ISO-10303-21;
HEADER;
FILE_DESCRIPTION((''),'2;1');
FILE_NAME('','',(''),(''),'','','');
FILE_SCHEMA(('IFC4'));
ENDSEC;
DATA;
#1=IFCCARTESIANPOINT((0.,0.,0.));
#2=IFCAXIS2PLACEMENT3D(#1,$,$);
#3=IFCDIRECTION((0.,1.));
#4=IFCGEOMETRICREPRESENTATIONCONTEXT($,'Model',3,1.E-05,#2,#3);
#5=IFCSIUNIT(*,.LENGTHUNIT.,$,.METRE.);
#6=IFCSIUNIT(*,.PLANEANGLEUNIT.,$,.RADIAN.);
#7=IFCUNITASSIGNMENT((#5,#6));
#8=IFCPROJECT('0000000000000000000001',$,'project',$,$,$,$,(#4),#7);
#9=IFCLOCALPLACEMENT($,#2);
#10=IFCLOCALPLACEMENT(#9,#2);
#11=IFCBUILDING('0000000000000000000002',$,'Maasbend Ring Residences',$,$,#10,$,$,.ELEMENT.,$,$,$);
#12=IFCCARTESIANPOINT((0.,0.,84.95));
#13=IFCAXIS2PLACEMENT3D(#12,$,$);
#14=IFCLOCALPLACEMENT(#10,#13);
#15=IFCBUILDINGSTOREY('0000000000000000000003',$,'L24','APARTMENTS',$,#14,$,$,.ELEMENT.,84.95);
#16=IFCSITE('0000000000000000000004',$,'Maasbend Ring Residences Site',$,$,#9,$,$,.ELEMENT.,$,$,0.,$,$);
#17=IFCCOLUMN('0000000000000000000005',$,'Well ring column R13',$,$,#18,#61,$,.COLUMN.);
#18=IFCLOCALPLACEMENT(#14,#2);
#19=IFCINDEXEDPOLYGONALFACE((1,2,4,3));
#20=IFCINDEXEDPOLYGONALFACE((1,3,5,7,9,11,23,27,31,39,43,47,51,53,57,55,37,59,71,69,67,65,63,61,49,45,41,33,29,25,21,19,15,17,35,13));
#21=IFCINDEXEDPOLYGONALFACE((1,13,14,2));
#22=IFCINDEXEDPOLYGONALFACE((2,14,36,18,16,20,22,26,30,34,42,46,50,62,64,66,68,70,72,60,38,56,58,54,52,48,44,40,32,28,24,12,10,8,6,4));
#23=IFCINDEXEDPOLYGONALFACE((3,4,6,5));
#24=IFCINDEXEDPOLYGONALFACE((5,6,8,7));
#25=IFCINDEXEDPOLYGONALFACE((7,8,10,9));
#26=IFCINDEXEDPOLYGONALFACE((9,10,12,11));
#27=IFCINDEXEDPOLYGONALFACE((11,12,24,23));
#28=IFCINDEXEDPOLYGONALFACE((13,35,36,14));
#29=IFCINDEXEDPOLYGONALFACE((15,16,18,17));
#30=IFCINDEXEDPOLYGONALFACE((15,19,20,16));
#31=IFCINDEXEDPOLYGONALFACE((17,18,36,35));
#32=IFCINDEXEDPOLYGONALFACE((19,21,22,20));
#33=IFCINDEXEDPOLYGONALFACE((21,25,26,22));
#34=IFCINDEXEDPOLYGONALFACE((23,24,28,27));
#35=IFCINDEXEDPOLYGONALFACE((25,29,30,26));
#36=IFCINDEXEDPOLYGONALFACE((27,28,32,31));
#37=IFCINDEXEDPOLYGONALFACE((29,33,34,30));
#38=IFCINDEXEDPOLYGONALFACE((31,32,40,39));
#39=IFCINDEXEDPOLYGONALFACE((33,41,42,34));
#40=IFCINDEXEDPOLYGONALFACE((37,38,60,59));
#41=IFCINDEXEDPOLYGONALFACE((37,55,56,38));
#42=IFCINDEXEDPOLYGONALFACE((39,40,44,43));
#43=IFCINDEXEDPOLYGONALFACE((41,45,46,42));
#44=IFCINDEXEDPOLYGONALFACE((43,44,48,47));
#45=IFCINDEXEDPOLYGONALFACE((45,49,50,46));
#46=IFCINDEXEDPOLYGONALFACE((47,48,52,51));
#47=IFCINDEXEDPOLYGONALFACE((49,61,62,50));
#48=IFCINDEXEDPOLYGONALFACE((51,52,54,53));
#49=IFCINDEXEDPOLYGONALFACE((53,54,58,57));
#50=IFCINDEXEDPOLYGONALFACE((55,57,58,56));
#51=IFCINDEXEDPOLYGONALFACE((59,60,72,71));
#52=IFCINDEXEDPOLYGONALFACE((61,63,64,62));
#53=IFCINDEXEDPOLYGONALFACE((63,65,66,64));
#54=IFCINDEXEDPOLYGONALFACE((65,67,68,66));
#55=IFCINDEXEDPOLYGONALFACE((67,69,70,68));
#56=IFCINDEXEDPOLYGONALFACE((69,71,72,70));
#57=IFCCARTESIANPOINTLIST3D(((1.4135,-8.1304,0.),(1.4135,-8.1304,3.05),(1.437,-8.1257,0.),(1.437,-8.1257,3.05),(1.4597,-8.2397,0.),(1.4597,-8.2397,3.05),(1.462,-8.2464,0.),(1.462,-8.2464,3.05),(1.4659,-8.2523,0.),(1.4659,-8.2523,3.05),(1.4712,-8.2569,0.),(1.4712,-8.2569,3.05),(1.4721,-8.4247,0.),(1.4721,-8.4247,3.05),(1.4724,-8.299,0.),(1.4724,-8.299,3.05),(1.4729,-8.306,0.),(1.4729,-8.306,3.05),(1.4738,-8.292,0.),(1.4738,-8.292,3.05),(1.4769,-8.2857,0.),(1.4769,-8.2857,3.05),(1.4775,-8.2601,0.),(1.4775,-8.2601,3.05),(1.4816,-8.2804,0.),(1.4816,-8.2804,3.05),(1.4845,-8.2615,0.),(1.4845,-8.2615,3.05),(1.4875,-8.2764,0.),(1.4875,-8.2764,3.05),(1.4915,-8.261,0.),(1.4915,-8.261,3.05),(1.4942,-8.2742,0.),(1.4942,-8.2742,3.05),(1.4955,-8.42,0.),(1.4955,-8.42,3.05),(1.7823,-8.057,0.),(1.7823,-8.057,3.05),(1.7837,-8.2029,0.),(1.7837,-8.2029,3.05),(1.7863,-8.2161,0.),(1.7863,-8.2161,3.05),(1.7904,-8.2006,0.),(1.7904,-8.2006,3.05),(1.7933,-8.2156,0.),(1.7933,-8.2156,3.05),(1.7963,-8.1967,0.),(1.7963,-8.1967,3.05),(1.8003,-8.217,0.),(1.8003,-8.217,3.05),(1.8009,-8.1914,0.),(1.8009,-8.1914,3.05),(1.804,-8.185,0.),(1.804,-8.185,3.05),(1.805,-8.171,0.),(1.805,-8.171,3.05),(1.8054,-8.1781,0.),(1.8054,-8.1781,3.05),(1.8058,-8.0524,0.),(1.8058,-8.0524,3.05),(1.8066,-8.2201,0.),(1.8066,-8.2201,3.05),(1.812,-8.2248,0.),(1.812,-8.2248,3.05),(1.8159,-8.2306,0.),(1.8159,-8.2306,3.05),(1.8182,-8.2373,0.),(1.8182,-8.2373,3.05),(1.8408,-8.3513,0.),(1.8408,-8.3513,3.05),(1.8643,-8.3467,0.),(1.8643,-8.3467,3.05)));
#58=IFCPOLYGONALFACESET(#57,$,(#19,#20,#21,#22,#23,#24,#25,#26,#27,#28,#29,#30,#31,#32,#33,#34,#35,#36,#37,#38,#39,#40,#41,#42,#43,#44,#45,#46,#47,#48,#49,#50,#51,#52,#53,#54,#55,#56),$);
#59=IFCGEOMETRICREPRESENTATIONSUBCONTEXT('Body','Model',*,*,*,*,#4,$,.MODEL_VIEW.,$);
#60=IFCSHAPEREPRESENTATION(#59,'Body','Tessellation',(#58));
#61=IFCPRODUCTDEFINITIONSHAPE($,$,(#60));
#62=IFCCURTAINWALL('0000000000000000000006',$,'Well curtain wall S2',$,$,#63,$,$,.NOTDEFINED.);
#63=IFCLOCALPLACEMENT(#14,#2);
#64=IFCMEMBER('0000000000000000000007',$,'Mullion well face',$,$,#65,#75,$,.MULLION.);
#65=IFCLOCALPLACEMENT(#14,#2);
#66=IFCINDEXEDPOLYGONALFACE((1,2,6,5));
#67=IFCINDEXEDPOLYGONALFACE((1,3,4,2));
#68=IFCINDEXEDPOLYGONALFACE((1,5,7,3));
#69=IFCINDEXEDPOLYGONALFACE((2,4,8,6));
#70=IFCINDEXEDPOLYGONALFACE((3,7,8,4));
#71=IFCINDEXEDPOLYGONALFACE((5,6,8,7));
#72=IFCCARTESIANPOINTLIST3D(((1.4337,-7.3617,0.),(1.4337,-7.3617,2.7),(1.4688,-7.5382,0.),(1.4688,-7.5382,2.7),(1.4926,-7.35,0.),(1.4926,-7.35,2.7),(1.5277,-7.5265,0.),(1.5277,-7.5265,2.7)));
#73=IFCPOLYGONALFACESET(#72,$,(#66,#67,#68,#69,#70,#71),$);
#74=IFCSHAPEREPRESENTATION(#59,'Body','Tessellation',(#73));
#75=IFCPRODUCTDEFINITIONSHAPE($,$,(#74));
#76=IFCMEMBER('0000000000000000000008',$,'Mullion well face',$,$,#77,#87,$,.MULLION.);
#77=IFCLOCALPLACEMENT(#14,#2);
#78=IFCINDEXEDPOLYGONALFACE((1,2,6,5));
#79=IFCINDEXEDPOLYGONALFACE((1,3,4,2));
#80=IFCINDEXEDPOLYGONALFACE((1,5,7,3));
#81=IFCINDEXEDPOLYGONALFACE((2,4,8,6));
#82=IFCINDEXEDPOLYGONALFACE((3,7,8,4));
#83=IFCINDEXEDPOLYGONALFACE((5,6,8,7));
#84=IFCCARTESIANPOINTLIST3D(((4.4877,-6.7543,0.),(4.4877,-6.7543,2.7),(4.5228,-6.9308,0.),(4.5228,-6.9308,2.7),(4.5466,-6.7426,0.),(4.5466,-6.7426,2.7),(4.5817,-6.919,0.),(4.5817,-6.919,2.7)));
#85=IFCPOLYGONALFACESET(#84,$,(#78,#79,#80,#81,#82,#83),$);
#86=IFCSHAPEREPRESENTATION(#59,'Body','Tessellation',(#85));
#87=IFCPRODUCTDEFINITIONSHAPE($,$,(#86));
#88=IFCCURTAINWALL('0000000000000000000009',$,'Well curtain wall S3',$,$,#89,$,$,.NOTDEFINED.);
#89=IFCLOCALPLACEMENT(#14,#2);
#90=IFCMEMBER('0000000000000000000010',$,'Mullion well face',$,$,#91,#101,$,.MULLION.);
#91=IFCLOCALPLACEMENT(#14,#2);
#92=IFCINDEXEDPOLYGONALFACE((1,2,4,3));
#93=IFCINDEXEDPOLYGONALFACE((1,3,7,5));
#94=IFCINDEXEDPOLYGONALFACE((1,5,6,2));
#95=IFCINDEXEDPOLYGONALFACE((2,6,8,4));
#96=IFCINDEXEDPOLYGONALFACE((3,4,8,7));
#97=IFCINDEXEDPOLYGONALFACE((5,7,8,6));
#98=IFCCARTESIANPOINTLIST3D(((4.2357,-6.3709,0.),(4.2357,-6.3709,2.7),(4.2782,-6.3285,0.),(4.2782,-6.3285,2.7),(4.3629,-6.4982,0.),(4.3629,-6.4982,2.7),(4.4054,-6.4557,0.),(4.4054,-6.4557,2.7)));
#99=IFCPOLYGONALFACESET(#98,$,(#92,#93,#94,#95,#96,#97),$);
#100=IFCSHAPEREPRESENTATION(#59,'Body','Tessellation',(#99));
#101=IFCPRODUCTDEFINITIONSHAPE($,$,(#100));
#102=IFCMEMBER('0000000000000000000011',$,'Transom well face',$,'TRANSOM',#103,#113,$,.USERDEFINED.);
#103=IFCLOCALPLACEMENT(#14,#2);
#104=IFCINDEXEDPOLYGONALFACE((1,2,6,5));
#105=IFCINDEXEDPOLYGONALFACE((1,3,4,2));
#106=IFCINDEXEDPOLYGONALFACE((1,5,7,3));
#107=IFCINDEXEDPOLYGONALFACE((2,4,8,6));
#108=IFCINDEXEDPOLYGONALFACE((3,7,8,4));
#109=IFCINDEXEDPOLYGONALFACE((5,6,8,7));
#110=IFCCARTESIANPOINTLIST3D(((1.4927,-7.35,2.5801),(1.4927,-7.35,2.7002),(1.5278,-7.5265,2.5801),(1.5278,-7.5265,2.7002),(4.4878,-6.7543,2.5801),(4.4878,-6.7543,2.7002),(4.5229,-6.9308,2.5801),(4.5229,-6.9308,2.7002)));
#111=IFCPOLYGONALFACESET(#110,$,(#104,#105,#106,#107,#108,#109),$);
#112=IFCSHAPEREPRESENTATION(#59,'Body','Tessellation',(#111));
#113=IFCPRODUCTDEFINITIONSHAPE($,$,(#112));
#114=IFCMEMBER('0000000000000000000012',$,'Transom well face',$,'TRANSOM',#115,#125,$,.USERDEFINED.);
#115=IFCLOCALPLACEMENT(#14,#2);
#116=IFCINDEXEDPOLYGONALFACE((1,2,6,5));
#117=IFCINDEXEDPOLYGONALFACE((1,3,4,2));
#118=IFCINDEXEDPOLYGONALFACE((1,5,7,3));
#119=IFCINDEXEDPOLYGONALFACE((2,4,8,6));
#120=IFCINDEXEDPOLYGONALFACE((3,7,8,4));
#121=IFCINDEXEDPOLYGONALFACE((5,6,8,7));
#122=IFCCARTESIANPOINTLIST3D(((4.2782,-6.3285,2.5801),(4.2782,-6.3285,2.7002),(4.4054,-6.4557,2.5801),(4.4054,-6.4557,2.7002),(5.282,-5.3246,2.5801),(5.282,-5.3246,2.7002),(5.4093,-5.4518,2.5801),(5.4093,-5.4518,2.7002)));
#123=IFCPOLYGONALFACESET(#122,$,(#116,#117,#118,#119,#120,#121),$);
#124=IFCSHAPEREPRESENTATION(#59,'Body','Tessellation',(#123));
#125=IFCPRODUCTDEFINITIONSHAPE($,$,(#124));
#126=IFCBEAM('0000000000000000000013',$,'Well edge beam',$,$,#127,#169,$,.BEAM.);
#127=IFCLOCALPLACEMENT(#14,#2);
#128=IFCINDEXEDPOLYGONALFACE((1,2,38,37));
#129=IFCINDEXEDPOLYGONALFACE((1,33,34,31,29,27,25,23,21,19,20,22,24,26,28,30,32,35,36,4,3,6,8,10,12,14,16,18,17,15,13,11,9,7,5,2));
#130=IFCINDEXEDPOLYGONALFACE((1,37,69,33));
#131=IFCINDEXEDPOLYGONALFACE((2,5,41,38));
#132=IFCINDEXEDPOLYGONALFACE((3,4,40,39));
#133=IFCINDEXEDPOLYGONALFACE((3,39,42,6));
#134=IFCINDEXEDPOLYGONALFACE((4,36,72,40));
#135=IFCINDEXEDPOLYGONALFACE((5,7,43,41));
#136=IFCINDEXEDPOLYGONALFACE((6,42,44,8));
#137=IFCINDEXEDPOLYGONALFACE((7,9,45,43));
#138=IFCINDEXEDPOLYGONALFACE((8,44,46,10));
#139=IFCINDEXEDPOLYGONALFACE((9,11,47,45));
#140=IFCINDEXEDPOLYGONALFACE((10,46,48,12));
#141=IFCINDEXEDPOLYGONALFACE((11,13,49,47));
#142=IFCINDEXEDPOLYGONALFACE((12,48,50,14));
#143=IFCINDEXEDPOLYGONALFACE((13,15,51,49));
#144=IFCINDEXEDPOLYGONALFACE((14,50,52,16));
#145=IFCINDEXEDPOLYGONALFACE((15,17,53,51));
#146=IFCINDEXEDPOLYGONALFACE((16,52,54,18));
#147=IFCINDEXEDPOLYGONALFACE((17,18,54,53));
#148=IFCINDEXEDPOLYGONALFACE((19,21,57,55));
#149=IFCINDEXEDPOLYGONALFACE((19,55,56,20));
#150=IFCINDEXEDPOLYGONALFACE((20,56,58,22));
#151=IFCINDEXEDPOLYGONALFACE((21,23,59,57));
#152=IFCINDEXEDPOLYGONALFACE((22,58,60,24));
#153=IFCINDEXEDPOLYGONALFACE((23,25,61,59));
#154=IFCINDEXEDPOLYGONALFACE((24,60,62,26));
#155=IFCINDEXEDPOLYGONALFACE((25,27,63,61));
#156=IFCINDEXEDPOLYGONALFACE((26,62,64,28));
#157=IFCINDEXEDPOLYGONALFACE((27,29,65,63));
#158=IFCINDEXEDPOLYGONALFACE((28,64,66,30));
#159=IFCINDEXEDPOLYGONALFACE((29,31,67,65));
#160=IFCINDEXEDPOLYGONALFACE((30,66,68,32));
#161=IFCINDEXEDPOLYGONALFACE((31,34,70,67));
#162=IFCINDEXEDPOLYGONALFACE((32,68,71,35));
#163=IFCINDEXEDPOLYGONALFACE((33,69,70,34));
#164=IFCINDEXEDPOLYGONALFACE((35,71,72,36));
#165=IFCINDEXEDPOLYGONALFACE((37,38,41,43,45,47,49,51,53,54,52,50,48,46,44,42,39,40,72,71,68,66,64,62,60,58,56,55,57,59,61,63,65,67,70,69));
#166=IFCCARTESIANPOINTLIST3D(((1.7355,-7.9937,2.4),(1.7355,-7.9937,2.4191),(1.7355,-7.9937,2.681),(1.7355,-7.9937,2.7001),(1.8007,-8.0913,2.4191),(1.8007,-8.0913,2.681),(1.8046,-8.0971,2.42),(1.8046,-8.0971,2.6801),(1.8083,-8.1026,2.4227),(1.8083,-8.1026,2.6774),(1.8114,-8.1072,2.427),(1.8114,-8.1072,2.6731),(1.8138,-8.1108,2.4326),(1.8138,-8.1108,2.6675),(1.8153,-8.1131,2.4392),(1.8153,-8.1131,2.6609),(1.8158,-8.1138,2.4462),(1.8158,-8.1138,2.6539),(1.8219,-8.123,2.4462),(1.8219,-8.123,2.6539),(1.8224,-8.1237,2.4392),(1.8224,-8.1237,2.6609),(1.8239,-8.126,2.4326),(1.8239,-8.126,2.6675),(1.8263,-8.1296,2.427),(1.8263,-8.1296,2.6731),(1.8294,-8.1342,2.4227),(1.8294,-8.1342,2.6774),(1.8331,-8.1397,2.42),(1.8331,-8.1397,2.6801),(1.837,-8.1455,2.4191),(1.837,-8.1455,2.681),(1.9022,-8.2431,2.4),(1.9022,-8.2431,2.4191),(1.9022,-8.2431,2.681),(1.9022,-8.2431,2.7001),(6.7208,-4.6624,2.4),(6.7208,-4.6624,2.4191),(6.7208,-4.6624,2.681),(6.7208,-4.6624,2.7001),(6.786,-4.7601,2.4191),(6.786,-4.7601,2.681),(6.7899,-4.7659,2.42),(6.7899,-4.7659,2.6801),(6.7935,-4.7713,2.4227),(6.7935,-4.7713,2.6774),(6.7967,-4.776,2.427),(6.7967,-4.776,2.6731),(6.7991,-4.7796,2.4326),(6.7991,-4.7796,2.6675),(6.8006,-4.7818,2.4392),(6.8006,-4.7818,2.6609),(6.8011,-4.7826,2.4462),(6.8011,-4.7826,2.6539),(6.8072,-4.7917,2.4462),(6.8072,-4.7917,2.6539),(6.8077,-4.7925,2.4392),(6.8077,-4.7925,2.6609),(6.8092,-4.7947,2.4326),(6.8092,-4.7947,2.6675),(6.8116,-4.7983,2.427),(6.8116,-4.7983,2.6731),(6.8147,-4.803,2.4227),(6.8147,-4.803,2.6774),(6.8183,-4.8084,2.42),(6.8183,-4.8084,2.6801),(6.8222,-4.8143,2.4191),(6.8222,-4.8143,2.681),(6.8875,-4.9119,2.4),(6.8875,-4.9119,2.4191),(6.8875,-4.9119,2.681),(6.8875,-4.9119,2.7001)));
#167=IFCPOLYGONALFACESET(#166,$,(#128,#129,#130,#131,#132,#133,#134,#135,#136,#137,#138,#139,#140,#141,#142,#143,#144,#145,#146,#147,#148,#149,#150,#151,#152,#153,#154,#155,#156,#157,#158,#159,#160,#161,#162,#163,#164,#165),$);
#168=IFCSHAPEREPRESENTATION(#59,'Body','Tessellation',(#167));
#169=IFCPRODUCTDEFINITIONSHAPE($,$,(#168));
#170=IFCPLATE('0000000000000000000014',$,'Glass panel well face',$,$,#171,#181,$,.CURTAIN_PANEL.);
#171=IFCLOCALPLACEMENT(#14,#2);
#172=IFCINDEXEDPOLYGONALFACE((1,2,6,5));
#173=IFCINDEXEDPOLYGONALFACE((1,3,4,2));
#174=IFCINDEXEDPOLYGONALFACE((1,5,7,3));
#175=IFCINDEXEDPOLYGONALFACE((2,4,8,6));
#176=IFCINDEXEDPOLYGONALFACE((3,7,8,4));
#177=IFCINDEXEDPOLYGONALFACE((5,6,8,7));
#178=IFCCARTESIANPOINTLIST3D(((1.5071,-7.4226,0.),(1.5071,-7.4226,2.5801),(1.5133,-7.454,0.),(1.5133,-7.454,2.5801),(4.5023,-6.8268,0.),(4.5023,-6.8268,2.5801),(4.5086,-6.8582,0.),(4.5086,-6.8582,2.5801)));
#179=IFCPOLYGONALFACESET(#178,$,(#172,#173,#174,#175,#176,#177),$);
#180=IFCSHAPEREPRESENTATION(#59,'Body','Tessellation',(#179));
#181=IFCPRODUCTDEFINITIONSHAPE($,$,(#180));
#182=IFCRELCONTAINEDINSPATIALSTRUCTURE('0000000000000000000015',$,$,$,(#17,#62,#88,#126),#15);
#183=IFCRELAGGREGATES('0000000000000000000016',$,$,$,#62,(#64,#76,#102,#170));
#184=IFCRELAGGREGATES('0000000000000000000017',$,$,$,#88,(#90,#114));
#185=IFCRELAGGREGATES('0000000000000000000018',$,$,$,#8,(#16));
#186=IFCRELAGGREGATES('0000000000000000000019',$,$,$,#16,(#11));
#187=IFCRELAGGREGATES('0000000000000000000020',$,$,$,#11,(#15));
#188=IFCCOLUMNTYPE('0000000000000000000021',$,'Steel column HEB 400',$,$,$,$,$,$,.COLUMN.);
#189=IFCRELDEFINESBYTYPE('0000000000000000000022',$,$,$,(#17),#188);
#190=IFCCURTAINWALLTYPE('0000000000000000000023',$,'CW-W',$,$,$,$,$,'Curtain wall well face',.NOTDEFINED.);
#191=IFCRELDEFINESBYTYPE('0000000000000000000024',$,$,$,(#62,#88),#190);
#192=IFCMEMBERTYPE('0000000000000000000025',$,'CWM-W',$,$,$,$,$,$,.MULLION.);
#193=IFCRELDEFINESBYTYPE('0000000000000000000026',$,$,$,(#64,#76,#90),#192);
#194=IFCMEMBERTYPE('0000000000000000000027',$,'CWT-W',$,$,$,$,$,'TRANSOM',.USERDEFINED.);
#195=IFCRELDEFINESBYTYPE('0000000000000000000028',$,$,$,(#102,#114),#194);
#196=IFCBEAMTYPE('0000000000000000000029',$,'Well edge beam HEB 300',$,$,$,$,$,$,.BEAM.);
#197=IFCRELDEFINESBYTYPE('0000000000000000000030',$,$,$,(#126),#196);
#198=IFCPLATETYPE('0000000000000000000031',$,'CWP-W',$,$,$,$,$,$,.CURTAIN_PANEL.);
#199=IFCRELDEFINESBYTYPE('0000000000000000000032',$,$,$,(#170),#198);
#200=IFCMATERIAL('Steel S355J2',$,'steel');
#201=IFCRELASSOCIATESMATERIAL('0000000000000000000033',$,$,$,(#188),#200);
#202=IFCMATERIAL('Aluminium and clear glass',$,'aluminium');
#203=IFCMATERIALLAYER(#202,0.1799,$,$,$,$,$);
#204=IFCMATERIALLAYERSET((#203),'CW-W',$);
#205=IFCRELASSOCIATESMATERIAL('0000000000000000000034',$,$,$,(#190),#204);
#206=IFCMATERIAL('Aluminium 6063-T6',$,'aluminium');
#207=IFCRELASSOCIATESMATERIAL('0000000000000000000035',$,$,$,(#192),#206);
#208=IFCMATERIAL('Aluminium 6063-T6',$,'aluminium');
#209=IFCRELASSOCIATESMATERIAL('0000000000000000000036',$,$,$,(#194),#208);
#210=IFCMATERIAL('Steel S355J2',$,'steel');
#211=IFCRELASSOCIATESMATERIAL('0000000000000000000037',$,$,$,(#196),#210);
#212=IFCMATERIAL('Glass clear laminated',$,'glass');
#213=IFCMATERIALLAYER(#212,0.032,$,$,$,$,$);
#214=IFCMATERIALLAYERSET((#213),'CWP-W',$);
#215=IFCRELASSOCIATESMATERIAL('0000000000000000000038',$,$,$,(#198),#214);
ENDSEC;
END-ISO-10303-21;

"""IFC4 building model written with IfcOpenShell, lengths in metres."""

from ifc_helpers import new_model, si_unit, direction, frame, origin, origin_2d, place, context, subcontext, project, spatial, rectangle, i_section, extrude, material, layer, layer_set, material_profile, profile_set, type_object, element, aggregate, save


model = new_model("IFC4")

# Units and contexts
model_context = context("Model", 3, precision=1e-05, world=origin(), true_north=direction((0.0, 1.0)))
body_context = subcontext(model_context, "Body", "Model", "MODEL_VIEW")
ifc_project = project(units=[si_unit("LENGTHUNIT", "METRE"), si_unit("PLANEANGLEUNIT", "RADIAN")], contexts=[model_context])

# Site, building, storey
site_placement = place(None, origin())
site = spatial("IfcSite", under=ifc_project, at=site_placement, Name="Maasbend Ring Residences Site", CompositionType="ELEMENT", RefElevation=0.0)
building_placement = place(site_placement, origin())
building = spatial("IfcBuilding", under=site, at=building_placement, Name="Maasbend Ring Residences", CompositionType="ELEMENT")
storey_placement = place(building_placement, frame((0.0, 0.0, 84.95)))
storey = spatial("IfcBuildingStorey", under=building, at=storey_placement, Name="L24", Description="APARTMENTS", CompositionType="ELEMENT", Elevation=84.95)

# Column
ifc_material_1 = material(Name="Steel S355J2", Category="steel")
ifc_material_profile_1 = material_profile(ifc_material_1, i_section(OverallWidth=0.3, OverallDepth=0.3999, WebThickness=0.0134, FlangeThickness=0.0239, FilletRadius=0.0271, at=origin_2d()), Name="HEB 400")
ifc_profile_set_1 = profile_set([ifc_material_profile_1], Name="Steel S355J2")
column_type = type_object("IfcColumnType", Name="Steel column HEB 400", PredefinedType="COLUMN", material=ifc_profile_set_1)
column_placement = place(storey_placement, frame((1.6389, -8.2385, 0.0), z_axis=(0.0, 0.0, 1.0), x_axis=(0.19509, -0.980785, 0.0)))
element("IfcColumn", 1, at=column_placement, inside=storey, type_object=column_type, Name="Well ring column R13", PredefinedType="COLUMN", context=body_context, shape_type="SweptSolid", body=[
    extrude(i_section(OverallWidth=0.3, OverallDepth=0.3999, WebThickness=0.0134, FlangeThickness=0.0239, FilletRadius=0.0271, at=origin_2d()), origin(), (0.0, 0.0, 1.0), 3.05),
])

# Curtain wall, members
ifc_material_2 = material(Name="Aluminium and clear glass", Category="aluminium")
ifc_layer_1 = layer(ifc_material_2, 0.1799)
ifc_layer_set_1 = layer_set([ifc_layer_1], Name="CW-W")
curtain_wall_type = type_object("IfcCurtainWallType", Name="CW-W", ElementType="Curtain wall well face", PredefinedType="NOTDEFINED", material=ifc_layer_set_1)
curtain_wall_1_placement = place(storey_placement, origin())
curtain_wall_1 = element("IfcCurtainWall", 2, at=curtain_wall_1_placement, inside=storey, type_object=curtain_wall_type, Name="Well curtain wall S2", PredefinedType="NOTDEFINED")
ifc_material_3 = material(Name="Aluminium 6063-T6", Category="aluminium")
ifc_material_profile_2 = material_profile(ifc_material_3, rectangle(XDim=0.1799, YDim=0.0601, at=origin_2d()), Name="AL 180x60")
ifc_profile_set_2 = profile_set([ifc_material_profile_2], Name="Aluminium 6063-T6")
member_type_1 = type_object("IfcMemberType", Name="CWM-W", PredefinedType="MULLION", material=ifc_profile_set_2)
member_1_placement = place(storey_placement, frame((1.4807, -7.4441, 0.0), z_axis=(0.0, 0.0, 1.0), x_axis=(-0.19509, 0.980785, 0.0)))
member_1 = element("IfcMember", 3, at=member_1_placement, type_object=member_type_1, Name="Mullion well face", PredefinedType="MULLION", context=body_context, shape_type="SweptSolid", body=[
    extrude(rectangle(XDim=0.1799, YDim=0.0601, at=origin_2d()), origin(), (0.0, 0.0, 1.0), 2.7),
])
member_2_placement = place(storey_placement, frame((4.5347, -6.8367, 0.0), z_axis=(0.0, 0.0, 1.0), x_axis=(-0.19509, 0.980785, 0.0)))
member_2 = element("IfcMember", 4, at=member_2_placement, type_object=member_type_1, Name="Mullion well face", PredefinedType="MULLION", context=body_context, shape_type="SweptSolid", body=[
    extrude(rectangle(XDim=0.1799, YDim=0.0601, at=origin_2d()), origin(), (0.0, 0.0, 1.0), 2.7),
])

# Curtain wall, member
curtain_wall_2_placement = place(storey_placement, origin())
curtain_wall_2 = element("IfcCurtainWall", 5, at=curtain_wall_2_placement, inside=storey, type_object=curtain_wall_type, Name="Well curtain wall S3", PredefinedType="NOTDEFINED")
member_3_placement = place(storey_placement, frame((4.3206, -6.4133, 0.0), z_axis=(0.0, 0.0, 1.0), x_axis=(-0.707107, 0.707107, 0.0)))
member_3 = element("IfcMember", 6, at=member_3_placement, type_object=member_type_1, Name="Mullion well face", PredefinedType="MULLION", context=body_context, shape_type="SweptSolid", body=[
    extrude(rectangle(XDim=0.1799, YDim=0.0601, at=origin_2d()), origin(), (0.0, 0.0, 1.0), 2.7),
])

# Members
ifc_material_4 = material(Name="Aluminium 6063-T6", Category="aluminium")
ifc_material_profile_3 = material_profile(ifc_material_4, rectangle(XDim=0.1799, YDim=0.1201, at=origin_2d()), Name="AL 180x120")
ifc_profile_set_3 = profile_set([ifc_material_profile_3], Name="Aluminium 6063-T6")
member_type_2 = type_object("IfcMemberType", Name="CWT-W", ElementType="TRANSOM", PredefinedType="USERDEFINED", material=ifc_profile_set_3)
member_4_placement = place(storey_placement, frame((1.5103, -7.4382, 2.6401), z_axis=(0.980789, 0.195071, 0.0), x_axis=(-0.195071, 0.980789, 0.0)))
member_4 = element("IfcMember", 7, at=member_4_placement, type_object=member_type_2, Name="Transom well face", ObjectType="TRANSOM", PredefinedType="USERDEFINED", context=body_context, shape_type="SweptSolid", body=[
    extrude(rectangle(XDim=0.1799, YDim=0.1201, at=origin_2d()), origin(), (0.0, 0.0, 1.0), 3.0537),
])
member_5_placement = place(storey_placement, frame((4.3418, -6.3921, 2.6401), z_axis=(0.707107, 0.707107, 0.0), x_axis=(-0.707107, 0.707107, 0.0)))
member_5 = element("IfcMember", 8, at=member_5_placement, type_object=member_type_2, Name="Transom well face", ObjectType="TRANSOM", PredefinedType="USERDEFINED", context=body_context, shape_type="SweptSolid", body=[
    extrude(rectangle(XDim=0.1799, YDim=0.1201, at=origin_2d()), origin(), (0.0, 0.0, 1.0), 1.4197),
])

# Beam
ifc_material_5 = material(Name="Steel S355J2", Category="steel")
ifc_material_profile_4 = material_profile(ifc_material_5, i_section(OverallWidth=0.3, OverallDepth=0.3, WebThickness=0.011, FlangeThickness=0.019, FilletRadius=0.0271, at=origin_2d()), Name="HEB 300")
ifc_profile_set_4 = profile_set([ifc_material_profile_4], Name="Steel S355J2")
beam_type = type_object("IfcBeamType", Name="Well edge beam HEB 300", PredefinedType="BEAM", material=ifc_profile_set_4)
beam_placement = place(storey_placement, frame((1.8188, -8.1184, 2.55), z_axis=(0.831455, 0.555593, 0.0), x_axis=(-0.555593, 0.831455, 0.0)))
element("IfcBeam", 9, at=beam_placement, inside=storey, type_object=beam_type, Name="Well edge beam", PredefinedType="BEAM", context=body_context, shape_type="SweptSolid", body=[
    extrude(i_section(OverallWidth=0.3, OverallDepth=0.3, WebThickness=0.011, FlangeThickness=0.019, FilletRadius=0.0271, at=origin_2d()), origin(), (0.0, 0.0, 1.0), 5.9958),
])

# Plate
ifc_material_6 = material(Name="Glass clear laminated", Category="glass")
ifc_layer_2 = layer(ifc_material_6, 0.032)
ifc_layer_set_2 = layer_set([ifc_layer_2], Name="CWP-W")
plate_type = type_object("IfcPlateType", Name="CWP-W", PredefinedType="CURTAIN_PANEL", material=ifc_layer_set_2)
plate_1_placement = place(storey_placement, frame((3.0078, -7.1404, 0.0), z_axis=(0.0, 0.0, 1.0), x_axis=(0.980785, 0.19509, 0.0)))
plate_1 = element("IfcPlate", 10, at=plate_1_placement, type_object=plate_type, Name="Glass panel well face", PredefinedType="CURTAIN_PANEL", context=body_context, shape_type="SweptSolid", body=[
    extrude(rectangle(XDim=3.054, YDim=0.032, at=origin_2d()), origin(), (0.0, 0.0, 1.0), 2.5801),
])
aggregate(curtain_wall_1, [member_1, member_2, member_4, plate_1])
aggregate(curtain_wall_2, [member_3, member_5])

save(model, "model.ifc")
